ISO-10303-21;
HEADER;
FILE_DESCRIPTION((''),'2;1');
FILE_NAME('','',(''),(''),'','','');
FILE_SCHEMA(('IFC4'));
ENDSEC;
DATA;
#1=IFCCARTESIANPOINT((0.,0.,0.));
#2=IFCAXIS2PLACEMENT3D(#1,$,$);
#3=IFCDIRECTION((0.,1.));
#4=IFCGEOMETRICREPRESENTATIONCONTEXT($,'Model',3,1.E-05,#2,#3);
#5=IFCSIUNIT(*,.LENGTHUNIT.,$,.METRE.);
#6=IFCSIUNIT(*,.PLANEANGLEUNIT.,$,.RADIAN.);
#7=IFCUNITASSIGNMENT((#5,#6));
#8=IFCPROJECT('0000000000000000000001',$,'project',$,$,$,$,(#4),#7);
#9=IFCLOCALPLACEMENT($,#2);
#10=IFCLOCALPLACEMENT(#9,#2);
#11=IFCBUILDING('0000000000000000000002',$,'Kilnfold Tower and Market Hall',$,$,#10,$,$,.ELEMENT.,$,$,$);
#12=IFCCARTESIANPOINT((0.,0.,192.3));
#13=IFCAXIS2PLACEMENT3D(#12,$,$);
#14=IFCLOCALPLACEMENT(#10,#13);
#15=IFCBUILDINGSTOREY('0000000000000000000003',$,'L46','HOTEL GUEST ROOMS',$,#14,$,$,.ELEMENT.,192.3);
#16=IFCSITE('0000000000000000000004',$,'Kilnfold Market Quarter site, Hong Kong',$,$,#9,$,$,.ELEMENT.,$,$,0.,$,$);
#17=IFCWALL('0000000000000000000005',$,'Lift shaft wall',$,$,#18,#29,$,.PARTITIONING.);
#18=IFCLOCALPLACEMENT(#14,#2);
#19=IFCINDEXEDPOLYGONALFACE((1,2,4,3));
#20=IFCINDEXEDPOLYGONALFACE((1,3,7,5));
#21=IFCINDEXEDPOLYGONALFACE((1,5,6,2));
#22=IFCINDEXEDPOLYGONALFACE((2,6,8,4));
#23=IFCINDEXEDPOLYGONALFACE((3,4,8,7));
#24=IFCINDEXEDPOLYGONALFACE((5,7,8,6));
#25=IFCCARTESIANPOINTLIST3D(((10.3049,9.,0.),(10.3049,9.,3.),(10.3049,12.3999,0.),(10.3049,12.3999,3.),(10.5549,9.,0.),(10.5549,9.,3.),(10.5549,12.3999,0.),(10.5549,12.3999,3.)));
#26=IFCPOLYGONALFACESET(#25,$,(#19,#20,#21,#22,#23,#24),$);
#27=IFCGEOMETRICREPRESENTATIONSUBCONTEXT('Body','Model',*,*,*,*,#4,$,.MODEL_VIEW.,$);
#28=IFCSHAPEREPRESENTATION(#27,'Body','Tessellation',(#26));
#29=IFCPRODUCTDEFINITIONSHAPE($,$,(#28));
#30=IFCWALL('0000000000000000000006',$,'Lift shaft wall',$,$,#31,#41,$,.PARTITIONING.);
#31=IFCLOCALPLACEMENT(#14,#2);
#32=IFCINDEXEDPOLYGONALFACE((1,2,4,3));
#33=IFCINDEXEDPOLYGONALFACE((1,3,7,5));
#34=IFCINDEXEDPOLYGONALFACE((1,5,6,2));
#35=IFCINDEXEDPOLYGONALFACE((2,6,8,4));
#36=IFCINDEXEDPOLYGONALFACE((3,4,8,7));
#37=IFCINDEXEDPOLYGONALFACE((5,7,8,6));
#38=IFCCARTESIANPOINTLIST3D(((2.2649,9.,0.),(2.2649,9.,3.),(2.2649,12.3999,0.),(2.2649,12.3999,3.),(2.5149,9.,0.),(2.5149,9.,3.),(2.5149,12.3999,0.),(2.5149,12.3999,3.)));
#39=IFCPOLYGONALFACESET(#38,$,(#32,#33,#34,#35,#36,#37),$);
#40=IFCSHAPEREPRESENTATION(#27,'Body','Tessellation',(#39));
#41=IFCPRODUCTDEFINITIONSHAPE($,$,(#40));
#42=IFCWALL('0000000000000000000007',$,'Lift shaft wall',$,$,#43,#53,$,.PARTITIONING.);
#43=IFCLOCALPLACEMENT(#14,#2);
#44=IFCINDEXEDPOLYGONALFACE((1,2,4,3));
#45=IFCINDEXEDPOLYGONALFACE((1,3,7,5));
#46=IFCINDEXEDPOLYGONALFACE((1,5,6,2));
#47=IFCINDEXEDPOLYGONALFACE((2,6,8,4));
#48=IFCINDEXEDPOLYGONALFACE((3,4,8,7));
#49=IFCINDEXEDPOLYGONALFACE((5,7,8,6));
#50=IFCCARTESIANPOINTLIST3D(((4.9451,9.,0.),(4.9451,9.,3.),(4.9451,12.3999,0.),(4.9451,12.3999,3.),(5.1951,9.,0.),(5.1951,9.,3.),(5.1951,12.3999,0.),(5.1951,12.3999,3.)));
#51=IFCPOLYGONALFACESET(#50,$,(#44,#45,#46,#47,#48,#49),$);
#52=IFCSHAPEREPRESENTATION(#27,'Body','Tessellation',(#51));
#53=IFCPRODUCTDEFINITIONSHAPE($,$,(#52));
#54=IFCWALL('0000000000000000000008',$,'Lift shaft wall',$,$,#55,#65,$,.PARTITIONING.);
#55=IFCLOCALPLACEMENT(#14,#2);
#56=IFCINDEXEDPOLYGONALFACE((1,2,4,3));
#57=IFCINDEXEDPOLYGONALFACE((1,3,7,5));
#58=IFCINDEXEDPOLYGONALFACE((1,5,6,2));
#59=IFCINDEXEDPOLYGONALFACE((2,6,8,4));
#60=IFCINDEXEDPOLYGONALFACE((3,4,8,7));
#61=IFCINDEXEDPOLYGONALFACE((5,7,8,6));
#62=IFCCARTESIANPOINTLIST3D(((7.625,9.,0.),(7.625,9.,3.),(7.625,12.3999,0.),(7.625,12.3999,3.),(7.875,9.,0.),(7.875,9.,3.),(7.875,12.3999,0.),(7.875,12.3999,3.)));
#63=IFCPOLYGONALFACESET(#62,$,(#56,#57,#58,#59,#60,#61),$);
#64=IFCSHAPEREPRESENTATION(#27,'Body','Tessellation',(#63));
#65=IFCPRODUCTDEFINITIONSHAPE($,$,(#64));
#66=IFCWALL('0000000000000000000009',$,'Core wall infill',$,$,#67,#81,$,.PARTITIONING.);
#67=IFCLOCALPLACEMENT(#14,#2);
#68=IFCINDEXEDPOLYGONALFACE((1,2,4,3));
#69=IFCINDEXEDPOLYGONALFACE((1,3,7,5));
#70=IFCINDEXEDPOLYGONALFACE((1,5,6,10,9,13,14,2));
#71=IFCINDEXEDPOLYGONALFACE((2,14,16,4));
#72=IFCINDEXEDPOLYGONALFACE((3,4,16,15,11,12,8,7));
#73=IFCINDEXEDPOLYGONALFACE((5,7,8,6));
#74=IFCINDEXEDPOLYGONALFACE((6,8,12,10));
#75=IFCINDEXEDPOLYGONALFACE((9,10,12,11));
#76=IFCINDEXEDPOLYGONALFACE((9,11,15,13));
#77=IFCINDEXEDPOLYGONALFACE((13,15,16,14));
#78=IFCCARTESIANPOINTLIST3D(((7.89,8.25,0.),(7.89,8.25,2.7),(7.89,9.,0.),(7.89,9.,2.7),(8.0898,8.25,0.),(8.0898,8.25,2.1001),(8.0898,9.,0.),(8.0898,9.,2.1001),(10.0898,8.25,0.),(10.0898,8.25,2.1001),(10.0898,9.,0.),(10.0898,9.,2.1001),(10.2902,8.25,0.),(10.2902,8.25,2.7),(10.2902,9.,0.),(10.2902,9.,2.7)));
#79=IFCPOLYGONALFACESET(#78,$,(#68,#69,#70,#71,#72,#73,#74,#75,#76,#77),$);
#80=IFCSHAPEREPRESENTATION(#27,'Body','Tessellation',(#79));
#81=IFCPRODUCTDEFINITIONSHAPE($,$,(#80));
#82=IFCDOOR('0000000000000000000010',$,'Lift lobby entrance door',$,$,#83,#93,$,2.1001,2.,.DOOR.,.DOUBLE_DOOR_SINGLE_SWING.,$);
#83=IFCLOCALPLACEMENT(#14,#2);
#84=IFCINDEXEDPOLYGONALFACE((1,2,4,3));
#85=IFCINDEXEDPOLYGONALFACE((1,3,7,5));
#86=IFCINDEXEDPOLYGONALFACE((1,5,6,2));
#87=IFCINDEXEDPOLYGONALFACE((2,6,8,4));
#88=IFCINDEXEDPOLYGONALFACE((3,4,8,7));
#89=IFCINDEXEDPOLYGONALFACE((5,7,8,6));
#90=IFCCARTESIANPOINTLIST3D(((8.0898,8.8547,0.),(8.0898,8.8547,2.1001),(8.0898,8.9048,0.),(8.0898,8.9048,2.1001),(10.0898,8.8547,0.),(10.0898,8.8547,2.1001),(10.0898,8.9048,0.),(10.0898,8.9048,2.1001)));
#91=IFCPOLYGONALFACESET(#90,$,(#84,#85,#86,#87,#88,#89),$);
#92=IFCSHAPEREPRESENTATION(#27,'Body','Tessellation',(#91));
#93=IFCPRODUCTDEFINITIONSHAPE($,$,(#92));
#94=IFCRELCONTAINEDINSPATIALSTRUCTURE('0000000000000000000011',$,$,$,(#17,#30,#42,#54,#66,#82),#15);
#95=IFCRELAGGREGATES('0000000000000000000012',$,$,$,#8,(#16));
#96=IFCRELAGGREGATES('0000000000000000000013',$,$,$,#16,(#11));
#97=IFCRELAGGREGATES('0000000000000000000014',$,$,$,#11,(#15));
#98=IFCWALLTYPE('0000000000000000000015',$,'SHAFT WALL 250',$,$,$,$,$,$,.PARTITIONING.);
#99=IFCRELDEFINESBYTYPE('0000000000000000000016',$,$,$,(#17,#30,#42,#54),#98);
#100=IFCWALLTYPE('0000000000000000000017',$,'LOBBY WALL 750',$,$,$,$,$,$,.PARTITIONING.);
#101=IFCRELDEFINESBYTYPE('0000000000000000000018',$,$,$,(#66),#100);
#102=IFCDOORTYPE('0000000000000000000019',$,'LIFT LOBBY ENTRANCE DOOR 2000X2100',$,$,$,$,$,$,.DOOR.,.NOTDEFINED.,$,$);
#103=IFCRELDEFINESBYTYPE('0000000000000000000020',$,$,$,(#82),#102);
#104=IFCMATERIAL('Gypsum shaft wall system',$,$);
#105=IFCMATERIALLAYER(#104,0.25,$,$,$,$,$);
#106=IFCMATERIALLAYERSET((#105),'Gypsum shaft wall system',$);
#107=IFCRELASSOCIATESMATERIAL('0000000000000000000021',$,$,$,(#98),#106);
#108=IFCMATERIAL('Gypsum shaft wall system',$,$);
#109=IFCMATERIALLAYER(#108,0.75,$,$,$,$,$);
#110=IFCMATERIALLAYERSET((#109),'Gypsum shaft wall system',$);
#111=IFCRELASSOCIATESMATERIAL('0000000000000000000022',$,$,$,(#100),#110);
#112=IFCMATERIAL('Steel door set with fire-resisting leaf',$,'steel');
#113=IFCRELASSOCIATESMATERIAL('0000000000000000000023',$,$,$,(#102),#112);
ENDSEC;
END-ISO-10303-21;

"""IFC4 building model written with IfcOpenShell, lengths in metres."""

from ifc_helpers import new_model, si_unit, direction, frame, frame_2d, origin, place, context, subcontext, project, spatial, rectangle, extrude, source, transform, mapped, material, layer, layer_set, type_object, element, fill, save


model = new_model("IFC4")

# Units and contexts
model_context = context("Model", 3, precision=1e-05, world=origin(), true_north=direction((0.0, 1.0)))
body_context = subcontext(model_context, "Body", "Model", "MODEL_VIEW")
ifc_project = project(units=[si_unit("LENGTHUNIT", "METRE"), si_unit("PLANEANGLEUNIT", "RADIAN")], contexts=[model_context])

# Site, building, storey
site_placement = place(None, origin())
site = spatial("IfcSite", under=ifc_project, at=site_placement, Name="Kilnfold Market Quarter site, Hong Kong", CompositionType="ELEMENT", RefElevation=0.0)
building_placement = place(site_placement, origin())
building = spatial("IfcBuilding", under=site, at=building_placement, Name="Kilnfold Tower and Market Hall", CompositionType="ELEMENT")
storey_placement = place(building_placement, frame((0.0, 0.0, 192.3)))
storey = spatial("IfcBuildingStorey", under=building, at=storey_placement, Name="L46", Description="HOTEL GUEST ROOMS", CompositionType="ELEMENT", Elevation=192.3)

# Walls
ifc_material_1 = material(Name="Gypsum shaft wall system")
ifc_layer_1 = layer(ifc_material_1, 0.25)
ifc_layer_set_1 = layer_set([ifc_layer_1], Name="Gypsum shaft wall system")
wall_type_1 = type_object("IfcWallType", Name="SHAFT WALL 250", PredefinedType="PARTITIONING", material=ifc_layer_set_1)
shared_shape_1 = source(origin(), body_context, "Body", "SweptSolid", [
    extrude(rectangle(XDim=3.3999, YDim=0.25, at=frame_2d((1.7, 0.0))), origin(), (0.0, 0.0, 1.0), 3.0),
])
for number, where, z_axis, x_axis, name in (
    (1, (10.4299, 9.0, 0.0), (0.0, 0.0, 1.0), (0.0, 1.0, 0.0), "Lift shaft wall"),
    (2, (2.3899, 9.0, 0.0), (0.0, 0.0, 1.0), (0.0, 1.0, 0.0), "Lift shaft wall"),
    (3, (5.0701, 9.0, 0.0), (0.0, 0.0, 1.0), (0.0, 1.0, 0.0), "Lift shaft wall"),
    (4, (7.75, 9.0, 0.0), (0.0, 0.0, 1.0), (0.0, 1.0, 0.0), "Lift shaft wall"),
):
    element("IfcWall", number, at=place(storey_placement, frame(where, z_axis=z_axis, x_axis=x_axis)), inside=storey, type_object=wall_type_1, Name=name, PredefinedType="PARTITIONING", context=body_context, shape_type="MappedRepresentation", body=[
        mapped(shared_shape_1, transform((0.0, 0.0, 0.0))),
    ])

# Wall, opening, door
ifc_material_2 = material(Name="Gypsum shaft wall system")
ifc_layer_2 = layer(ifc_material_2, 0.75)
ifc_layer_set_2 = layer_set([ifc_layer_2], Name="Gypsum shaft wall system")
wall_type_2 = type_object("IfcWallType", Name="LOBBY WALL 750", PredefinedType="PARTITIONING", material=ifc_layer_set_2)
shared_shape_2 = source(origin(), body_context, "Body", "SweptSolid", [
    extrude(rectangle(XDim=2.4001, YDim=0.75, at=frame_2d((1.2002, 0.0))), origin(), (0.0, 0.0, 1.0), 2.7),
])
wall_1_placement = place(storey_placement, frame((7.8899, 8.625, 0.0), z_axis=(0.0, 0.0, 1.0), x_axis=(1.0, 0.0, 0.0)))
wall_1 = element("IfcWall", 5, at=wall_1_placement, inside=storey, type_object=wall_type_2, Name="Core wall infill", PredefinedType="PARTITIONING", context=body_context, shape_type="MappedRepresentation", body=[
    mapped(shared_shape_2, transform((0.0, 0.0, 0.0))),
])
opening_1_placement = place(wall_1_placement, frame((0.2, 0.0, 0.0)))
opening_1 = element("IfcOpeningElement", 6, at=opening_1_placement, cuts=wall_1, PredefinedType="OPENING", context=body_context, shape_type="SweptSolid", body=[
    extrude(rectangle(XDim=2.0, YDim=2.1001, at=frame_2d((1.0, 1.05))), frame((0.0, 0.385, 0.0), z_axis=(0.0, -1.0, 0.0), x_axis=(1.0, 0.0, 0.0)), (0.0, 0.0, 1.0), 0.77),
])
ifc_material_3 = material(Name="Steel door set with fire-resisting leaf", Category="steel")
door_type_1 = type_object("IfcDoorType", Name="LIFT LOBBY ENTRANCE DOOR 2000X2100", OperationType="NOTDEFINED", PredefinedType="DOOR", material=ifc_material_3)
door_1_placement = place(opening_1_placement, origin())
door_1 = element("IfcDoor", 7, at=door_1_placement, inside=storey, type_object=door_type_1, Name="Lift lobby entrance door", OperationType="DOUBLE_DOOR_SINGLE_SWING", OverallHeight=2.1001, OverallWidth=2.0, PredefinedType="DOOR", context=body_context, shape_type="SweptSolid", body=[
    extrude(rectangle(XDim=2.0, YDim=2.1001, at=frame_2d((1.0, 1.05))), frame((0.0, 0.2798, 0.0), z_axis=(0.0, -1.0, 0.0), x_axis=(1.0, 0.0, 0.0)), (0.0, 0.0, 1.0), 0.05),
])
fill(opening_1, door_1)

save(model, "model.ifc")
